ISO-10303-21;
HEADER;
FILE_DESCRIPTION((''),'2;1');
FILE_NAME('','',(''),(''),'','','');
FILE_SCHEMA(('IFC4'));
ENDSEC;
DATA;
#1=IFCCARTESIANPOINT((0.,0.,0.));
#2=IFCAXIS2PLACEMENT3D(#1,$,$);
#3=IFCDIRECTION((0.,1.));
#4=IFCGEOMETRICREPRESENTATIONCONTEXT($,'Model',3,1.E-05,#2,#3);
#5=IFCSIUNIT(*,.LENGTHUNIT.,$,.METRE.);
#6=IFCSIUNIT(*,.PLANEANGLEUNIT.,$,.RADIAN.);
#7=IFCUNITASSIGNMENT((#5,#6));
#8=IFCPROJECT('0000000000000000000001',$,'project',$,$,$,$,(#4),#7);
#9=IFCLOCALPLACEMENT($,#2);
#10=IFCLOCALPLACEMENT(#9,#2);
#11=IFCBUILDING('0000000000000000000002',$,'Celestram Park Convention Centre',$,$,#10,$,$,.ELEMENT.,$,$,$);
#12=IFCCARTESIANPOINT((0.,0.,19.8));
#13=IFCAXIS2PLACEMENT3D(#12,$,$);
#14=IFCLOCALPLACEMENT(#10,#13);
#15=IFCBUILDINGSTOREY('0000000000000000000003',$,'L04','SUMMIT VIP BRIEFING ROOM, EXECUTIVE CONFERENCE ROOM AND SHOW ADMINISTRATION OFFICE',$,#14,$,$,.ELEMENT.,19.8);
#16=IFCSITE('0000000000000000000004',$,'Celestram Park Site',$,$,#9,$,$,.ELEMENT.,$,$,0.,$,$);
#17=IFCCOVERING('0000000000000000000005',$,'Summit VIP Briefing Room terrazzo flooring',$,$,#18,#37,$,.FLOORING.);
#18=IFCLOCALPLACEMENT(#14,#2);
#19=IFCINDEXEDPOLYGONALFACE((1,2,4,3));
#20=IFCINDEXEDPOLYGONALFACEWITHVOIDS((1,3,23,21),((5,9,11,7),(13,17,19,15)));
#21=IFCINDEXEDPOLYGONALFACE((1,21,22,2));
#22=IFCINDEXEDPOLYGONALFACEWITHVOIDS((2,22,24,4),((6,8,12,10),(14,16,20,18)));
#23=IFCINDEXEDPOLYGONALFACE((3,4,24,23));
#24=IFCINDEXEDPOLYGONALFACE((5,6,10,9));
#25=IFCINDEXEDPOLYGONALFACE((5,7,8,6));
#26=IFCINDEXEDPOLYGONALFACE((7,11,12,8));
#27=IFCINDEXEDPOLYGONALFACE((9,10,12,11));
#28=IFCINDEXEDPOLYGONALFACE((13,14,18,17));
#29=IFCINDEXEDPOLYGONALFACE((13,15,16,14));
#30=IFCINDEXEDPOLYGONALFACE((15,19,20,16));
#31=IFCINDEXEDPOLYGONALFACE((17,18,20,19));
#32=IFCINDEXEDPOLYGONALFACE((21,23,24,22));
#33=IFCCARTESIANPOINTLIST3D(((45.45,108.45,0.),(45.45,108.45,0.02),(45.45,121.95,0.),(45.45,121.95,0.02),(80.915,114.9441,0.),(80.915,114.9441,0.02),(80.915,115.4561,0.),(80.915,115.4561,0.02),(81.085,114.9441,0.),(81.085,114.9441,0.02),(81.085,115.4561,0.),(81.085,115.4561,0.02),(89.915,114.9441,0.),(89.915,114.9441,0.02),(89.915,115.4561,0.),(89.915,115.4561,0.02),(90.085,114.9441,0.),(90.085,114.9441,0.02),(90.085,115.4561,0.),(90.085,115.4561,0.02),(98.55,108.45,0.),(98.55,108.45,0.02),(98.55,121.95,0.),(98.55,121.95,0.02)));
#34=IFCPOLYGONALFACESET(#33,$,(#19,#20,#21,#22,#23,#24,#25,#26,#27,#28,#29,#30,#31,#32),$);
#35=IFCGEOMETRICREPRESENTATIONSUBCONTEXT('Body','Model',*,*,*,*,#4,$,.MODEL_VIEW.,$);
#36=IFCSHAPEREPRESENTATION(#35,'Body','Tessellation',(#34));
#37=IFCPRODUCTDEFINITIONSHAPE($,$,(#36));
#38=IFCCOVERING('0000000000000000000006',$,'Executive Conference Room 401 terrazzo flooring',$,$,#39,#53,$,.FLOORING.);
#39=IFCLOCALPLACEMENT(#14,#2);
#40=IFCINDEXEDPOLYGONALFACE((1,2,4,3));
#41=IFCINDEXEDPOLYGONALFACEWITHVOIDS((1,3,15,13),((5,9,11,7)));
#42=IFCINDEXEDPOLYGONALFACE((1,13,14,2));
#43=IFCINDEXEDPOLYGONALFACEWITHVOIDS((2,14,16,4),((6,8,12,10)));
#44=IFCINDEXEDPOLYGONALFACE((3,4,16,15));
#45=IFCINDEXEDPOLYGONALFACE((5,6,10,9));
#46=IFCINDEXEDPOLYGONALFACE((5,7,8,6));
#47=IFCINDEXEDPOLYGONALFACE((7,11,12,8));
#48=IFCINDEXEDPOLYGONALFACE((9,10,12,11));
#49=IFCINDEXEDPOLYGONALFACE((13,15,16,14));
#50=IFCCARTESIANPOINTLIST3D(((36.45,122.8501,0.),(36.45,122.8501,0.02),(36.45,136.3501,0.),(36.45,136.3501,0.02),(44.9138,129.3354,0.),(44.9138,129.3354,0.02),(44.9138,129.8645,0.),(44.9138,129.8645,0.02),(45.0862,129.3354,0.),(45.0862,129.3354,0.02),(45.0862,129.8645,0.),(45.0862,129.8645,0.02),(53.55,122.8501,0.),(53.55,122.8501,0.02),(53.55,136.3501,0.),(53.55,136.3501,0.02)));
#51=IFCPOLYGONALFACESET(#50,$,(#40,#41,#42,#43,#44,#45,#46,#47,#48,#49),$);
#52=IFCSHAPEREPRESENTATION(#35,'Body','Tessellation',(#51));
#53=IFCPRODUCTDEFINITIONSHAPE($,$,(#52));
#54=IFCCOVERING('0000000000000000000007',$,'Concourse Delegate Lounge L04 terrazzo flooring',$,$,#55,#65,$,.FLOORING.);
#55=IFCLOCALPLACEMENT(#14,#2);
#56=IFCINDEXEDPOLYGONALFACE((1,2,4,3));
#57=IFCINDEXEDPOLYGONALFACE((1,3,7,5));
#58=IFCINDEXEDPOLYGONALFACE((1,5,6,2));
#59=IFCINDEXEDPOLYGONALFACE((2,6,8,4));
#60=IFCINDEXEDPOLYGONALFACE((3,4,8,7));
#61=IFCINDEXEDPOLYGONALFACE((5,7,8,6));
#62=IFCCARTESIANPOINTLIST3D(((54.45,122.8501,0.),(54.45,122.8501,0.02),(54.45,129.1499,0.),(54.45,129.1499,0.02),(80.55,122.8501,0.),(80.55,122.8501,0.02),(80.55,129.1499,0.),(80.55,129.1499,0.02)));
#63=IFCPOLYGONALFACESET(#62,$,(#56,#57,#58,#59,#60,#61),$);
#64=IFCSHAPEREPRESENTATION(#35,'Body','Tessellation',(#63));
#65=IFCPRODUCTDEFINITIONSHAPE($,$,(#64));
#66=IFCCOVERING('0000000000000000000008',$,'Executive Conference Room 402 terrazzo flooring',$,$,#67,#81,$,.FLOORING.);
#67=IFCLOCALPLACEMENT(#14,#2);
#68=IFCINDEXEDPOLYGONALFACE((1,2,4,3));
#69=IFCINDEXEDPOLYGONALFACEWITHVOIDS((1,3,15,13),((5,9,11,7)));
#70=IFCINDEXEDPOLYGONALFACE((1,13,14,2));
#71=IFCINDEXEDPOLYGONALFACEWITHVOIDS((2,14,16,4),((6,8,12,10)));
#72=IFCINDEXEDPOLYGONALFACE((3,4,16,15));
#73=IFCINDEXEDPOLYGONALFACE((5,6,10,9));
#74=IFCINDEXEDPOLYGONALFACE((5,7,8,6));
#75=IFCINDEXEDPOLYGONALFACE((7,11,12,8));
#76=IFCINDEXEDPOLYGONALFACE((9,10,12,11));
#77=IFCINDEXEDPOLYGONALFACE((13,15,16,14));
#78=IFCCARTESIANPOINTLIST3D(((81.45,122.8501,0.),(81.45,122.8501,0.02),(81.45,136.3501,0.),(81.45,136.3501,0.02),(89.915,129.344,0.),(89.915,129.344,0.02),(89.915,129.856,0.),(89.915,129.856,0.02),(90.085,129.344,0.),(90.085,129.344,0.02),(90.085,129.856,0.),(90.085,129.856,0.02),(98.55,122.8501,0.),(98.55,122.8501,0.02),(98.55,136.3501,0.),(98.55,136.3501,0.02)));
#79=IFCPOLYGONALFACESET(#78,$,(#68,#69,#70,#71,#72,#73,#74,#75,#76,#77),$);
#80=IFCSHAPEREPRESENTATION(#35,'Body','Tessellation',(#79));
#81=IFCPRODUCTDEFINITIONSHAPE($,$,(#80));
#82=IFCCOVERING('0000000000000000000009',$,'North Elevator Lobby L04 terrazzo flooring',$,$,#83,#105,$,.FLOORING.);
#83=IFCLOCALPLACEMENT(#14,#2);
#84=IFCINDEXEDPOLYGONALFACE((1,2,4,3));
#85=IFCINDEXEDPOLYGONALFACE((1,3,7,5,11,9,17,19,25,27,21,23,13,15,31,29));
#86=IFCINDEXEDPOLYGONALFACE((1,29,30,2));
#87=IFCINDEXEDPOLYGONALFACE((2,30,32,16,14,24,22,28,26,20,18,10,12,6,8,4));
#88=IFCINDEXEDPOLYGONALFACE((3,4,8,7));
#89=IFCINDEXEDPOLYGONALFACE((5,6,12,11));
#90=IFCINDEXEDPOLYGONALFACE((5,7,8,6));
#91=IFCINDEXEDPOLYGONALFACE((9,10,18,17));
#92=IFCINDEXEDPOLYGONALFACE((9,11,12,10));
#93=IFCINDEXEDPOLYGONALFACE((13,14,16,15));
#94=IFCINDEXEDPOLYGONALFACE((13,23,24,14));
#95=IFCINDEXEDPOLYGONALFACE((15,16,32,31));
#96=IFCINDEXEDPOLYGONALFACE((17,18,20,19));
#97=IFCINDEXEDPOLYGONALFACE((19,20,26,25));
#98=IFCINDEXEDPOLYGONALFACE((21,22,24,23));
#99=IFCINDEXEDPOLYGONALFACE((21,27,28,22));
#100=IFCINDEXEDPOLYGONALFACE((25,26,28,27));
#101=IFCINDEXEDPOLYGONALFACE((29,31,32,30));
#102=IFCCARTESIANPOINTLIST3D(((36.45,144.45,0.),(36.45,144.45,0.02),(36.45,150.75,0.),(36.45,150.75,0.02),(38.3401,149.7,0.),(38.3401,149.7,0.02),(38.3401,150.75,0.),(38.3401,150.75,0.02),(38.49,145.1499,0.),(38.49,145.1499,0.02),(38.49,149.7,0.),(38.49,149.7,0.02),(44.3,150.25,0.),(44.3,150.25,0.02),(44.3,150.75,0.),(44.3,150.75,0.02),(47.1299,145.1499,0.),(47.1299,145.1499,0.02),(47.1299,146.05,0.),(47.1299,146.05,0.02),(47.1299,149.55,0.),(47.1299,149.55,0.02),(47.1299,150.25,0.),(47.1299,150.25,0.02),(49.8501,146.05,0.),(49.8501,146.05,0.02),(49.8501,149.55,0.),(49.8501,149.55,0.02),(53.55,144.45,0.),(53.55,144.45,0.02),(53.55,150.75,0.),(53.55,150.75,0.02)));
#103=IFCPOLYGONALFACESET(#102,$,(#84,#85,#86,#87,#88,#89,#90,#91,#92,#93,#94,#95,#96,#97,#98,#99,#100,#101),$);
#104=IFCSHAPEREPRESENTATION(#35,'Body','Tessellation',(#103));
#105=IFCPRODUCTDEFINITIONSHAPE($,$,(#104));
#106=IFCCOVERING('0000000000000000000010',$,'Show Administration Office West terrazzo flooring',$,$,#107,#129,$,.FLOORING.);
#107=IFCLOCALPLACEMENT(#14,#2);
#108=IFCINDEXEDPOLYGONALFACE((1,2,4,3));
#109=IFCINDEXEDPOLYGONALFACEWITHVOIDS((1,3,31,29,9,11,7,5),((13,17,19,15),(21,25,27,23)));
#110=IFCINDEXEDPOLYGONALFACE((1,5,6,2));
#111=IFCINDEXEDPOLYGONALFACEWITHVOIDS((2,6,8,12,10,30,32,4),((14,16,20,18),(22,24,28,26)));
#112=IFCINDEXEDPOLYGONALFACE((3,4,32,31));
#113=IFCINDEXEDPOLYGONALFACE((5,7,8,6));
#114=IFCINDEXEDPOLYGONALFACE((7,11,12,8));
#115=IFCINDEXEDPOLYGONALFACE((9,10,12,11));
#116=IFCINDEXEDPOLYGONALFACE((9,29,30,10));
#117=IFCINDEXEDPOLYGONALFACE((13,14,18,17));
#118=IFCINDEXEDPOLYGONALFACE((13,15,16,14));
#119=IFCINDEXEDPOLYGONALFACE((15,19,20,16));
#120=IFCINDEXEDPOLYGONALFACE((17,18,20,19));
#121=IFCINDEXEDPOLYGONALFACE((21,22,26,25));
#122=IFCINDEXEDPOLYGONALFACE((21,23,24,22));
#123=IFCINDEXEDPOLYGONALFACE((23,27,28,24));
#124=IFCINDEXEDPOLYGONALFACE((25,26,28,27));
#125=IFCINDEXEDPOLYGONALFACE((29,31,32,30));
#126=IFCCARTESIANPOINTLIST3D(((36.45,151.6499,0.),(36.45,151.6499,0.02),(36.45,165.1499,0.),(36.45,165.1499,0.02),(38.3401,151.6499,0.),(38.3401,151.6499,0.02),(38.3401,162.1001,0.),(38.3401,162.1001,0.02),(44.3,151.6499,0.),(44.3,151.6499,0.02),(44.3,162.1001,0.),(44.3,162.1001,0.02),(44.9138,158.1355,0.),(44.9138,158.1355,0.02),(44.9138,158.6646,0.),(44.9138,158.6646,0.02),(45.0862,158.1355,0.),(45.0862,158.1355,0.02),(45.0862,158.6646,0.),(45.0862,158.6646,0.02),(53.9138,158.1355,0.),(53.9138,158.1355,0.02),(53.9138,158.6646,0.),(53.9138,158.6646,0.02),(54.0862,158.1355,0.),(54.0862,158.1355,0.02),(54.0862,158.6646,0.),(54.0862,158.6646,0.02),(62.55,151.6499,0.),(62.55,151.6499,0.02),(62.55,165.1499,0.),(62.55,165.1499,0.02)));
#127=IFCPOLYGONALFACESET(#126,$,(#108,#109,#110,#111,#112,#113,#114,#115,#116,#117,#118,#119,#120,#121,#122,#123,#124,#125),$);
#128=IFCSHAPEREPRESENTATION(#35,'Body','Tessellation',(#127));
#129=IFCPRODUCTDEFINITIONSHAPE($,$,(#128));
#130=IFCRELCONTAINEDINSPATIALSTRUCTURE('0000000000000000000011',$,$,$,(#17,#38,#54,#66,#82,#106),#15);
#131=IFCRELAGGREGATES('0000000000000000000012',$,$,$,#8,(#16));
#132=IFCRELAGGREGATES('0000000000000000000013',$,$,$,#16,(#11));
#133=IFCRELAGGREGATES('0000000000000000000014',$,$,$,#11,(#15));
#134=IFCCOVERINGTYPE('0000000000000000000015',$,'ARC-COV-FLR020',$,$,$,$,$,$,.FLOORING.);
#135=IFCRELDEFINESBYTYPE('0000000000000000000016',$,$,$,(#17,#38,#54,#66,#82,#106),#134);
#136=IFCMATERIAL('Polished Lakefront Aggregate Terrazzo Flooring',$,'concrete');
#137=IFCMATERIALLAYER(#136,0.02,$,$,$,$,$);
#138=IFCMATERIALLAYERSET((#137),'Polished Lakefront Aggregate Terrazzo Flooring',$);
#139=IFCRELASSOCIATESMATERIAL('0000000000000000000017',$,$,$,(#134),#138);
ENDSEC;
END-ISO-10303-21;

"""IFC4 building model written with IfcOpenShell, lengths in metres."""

from ifc_helpers import new_model, si_unit, direction, frame, origin, place, context, subcontext, project, spatial, polyline, outline, extrude, material, layer, layer_set, type_object, element, save


model = new_model("IFC4")

# Units and contexts
model_context = context("Model", 3, precision=1e-05, world=origin(), true_north=direction((0.0, 1.0)))
body_context = subcontext(model_context, "Body", "Model", "MODEL_VIEW")
ifc_project = project(units=[si_unit("LENGTHUNIT", "METRE"), si_unit("PLANEANGLEUNIT", "RADIAN")], contexts=[model_context])

# Site, building, storey
site_placement = place(None, origin())
site = spatial("IfcSite", under=ifc_project, at=site_placement, Name="Celestram Park Site", CompositionType="ELEMENT", RefElevation=0.0)
building_placement = place(site_placement, origin())
building = spatial("IfcBuilding", under=site, at=building_placement, Name="Celestram Park Convention Centre", CompositionType="ELEMENT")
storey_placement = place(building_placement, frame((0.0, 0.0, 19.8)))
storey = spatial("IfcBuildingStorey", under=building, at=storey_placement, Name="L04", Description="SUMMIT VIP BRIEFING ROOM, EXECUTIVE CONFERENCE ROOM AND SHOW ADMINISTRATION OFFICE", CompositionType="ELEMENT", Elevation=19.8)

# Coverings
ifc_material_1 = material(Name="Polished Lakefront Aggregate Terrazzo Flooring", Category="concrete")
ifc_layer_1 = layer(ifc_material_1, 0.02)
ifc_layer_set_1 = layer_set([ifc_layer_1], Name="Polished Lakefront Aggregate Terrazzo Flooring")
covering_type_1 = type_object("IfcCoveringType", Name="ARC-COV-FLR020", PredefinedType="FLOORING", material=ifc_layer_set_1)
covering_1_placement = place(storey_placement, origin())
element("IfcCovering", 1, at=covering_1_placement, inside=storey, type_object=covering_type_1, Name="Summit VIP Briefing Room terrazzo flooring", PredefinedType="FLOORING", context=body_context, shape_type="SweptSolid", body=[
    extrude(outline(polyline([(98.55, 121.95), (98.55, 108.45), (45.45, 108.45), (45.45, 121.95), (98.55, 121.95)]), holes=[polyline([(80.915, 114.9441), (81.085, 114.9441), (81.085, 115.4561), (80.915, 115.4561), (80.915, 114.9441)]), polyline([(89.915, 114.9441), (90.085, 114.9441), (90.085, 115.4561), (89.915, 115.4561), (89.915, 114.9441)])]), origin(), (0.0, 0.0, 1.0), 0.02),
])
covering_2_placement = place(storey_placement, origin())
element("IfcCovering", 2, at=covering_2_placement, inside=storey, type_object=covering_type_1, Name="Executive Conference Room 401 terrazzo flooring", PredefinedType="FLOORING", context=body_context, shape_type="SweptSolid", body=[
    extrude(outline(polyline([(53.55, 136.3501), (53.55, 122.8501), (36.45, 122.8501), (36.45, 136.3501), (53.55, 136.3501)]), holes=[polyline([(44.9138, 129.3354), (45.0862, 129.3354), (45.0862, 129.8645), (44.9138, 129.8645), (44.9138, 129.3354)])]), origin(), (0.0, 0.0, 1.0), 0.02),
])
covering_3_placement = place(storey_placement, origin())
element("IfcCovering", 3, at=covering_3_placement, inside=storey, type_object=covering_type_1, Name="Concourse Delegate Lounge L04 terrazzo flooring", PredefinedType="FLOORING", context=body_context, shape_type="SweptSolid", body=[
    extrude(outline(polyline([(80.55, 129.1499), (80.55, 122.8501), (54.45, 122.8501), (54.45, 129.1499), (80.55, 129.1499)])), origin(), (0.0, 0.0, 1.0), 0.02),
])
covering_4_placement = place(storey_placement, origin())
element("IfcCovering", 4, at=covering_4_placement, inside=storey, type_object=covering_type_1, Name="Executive Conference Room 402 terrazzo flooring", PredefinedType="FLOORING", context=body_context, shape_type="SweptSolid", body=[
    extrude(outline(polyline([(98.55, 136.3501), (98.55, 122.8501), (81.45, 122.8501), (81.45, 136.3501), (98.55, 136.3501)]), holes=[polyline([(89.915, 129.856), (89.915, 129.344), (90.085, 129.344), (90.085, 129.856), (89.915, 129.856)])]), origin(), (0.0, 0.0, 1.0), 0.02),
])
covering_5_placement = place(storey_placement, origin())
element("IfcCovering", 5, at=covering_5_placement, inside=storey, type_object=covering_type_1, Name="North Elevator Lobby L04 terrazzo flooring", PredefinedType="FLOORING", context=body_context, shape_type="SweptSolid", body=[
    extrude(outline(polyline([(38.3401, 150.75), (38.3401, 149.7), (38.49, 149.7), (38.49, 145.1499), (47.1299, 145.1499), (47.1299, 146.05), (49.8501, 146.05), (49.8501, 149.55), (47.1299, 149.55), (47.1299, 150.25), (44.3, 150.25), (44.3, 150.75), (53.55, 150.75), (53.55, 144.45), (36.45, 144.45), (36.45, 150.75), (38.3401, 150.75)])), origin(), (0.0, 0.0, 1.0), 0.02),
])
covering_6_placement = place(storey_placement, origin())
element("IfcCovering", 6, at=covering_6_placement, inside=storey, type_object=covering_type_1, Name="Show Administration Office West terrazzo flooring", PredefinedType="FLOORING", context=body_context, shape_type="SweptSolid", body=[
    extrude(outline(polyline([(62.55, 165.1499), (62.55, 151.6499), (44.3, 151.6499), (44.3, 162.1001), (38.3401, 162.1001), (38.3401, 151.6499), (36.45, 151.6499), (36.45, 165.1499), (62.55, 165.1499)]), holes=[polyline([(44.9138, 158.1355), (45.0862, 158.1355), (45.0862, 158.6646), (44.9138, 158.6646), (44.9138, 158.1355)]), polyline([(53.9138, 158.1355), (54.0862, 158.1355), (54.0862, 158.6646), (53.9138, 158.6646), (53.9138, 158.1355)])]), origin(), (0.0, 0.0, 1.0), 0.02),
])

save(model, "model.ifc")
